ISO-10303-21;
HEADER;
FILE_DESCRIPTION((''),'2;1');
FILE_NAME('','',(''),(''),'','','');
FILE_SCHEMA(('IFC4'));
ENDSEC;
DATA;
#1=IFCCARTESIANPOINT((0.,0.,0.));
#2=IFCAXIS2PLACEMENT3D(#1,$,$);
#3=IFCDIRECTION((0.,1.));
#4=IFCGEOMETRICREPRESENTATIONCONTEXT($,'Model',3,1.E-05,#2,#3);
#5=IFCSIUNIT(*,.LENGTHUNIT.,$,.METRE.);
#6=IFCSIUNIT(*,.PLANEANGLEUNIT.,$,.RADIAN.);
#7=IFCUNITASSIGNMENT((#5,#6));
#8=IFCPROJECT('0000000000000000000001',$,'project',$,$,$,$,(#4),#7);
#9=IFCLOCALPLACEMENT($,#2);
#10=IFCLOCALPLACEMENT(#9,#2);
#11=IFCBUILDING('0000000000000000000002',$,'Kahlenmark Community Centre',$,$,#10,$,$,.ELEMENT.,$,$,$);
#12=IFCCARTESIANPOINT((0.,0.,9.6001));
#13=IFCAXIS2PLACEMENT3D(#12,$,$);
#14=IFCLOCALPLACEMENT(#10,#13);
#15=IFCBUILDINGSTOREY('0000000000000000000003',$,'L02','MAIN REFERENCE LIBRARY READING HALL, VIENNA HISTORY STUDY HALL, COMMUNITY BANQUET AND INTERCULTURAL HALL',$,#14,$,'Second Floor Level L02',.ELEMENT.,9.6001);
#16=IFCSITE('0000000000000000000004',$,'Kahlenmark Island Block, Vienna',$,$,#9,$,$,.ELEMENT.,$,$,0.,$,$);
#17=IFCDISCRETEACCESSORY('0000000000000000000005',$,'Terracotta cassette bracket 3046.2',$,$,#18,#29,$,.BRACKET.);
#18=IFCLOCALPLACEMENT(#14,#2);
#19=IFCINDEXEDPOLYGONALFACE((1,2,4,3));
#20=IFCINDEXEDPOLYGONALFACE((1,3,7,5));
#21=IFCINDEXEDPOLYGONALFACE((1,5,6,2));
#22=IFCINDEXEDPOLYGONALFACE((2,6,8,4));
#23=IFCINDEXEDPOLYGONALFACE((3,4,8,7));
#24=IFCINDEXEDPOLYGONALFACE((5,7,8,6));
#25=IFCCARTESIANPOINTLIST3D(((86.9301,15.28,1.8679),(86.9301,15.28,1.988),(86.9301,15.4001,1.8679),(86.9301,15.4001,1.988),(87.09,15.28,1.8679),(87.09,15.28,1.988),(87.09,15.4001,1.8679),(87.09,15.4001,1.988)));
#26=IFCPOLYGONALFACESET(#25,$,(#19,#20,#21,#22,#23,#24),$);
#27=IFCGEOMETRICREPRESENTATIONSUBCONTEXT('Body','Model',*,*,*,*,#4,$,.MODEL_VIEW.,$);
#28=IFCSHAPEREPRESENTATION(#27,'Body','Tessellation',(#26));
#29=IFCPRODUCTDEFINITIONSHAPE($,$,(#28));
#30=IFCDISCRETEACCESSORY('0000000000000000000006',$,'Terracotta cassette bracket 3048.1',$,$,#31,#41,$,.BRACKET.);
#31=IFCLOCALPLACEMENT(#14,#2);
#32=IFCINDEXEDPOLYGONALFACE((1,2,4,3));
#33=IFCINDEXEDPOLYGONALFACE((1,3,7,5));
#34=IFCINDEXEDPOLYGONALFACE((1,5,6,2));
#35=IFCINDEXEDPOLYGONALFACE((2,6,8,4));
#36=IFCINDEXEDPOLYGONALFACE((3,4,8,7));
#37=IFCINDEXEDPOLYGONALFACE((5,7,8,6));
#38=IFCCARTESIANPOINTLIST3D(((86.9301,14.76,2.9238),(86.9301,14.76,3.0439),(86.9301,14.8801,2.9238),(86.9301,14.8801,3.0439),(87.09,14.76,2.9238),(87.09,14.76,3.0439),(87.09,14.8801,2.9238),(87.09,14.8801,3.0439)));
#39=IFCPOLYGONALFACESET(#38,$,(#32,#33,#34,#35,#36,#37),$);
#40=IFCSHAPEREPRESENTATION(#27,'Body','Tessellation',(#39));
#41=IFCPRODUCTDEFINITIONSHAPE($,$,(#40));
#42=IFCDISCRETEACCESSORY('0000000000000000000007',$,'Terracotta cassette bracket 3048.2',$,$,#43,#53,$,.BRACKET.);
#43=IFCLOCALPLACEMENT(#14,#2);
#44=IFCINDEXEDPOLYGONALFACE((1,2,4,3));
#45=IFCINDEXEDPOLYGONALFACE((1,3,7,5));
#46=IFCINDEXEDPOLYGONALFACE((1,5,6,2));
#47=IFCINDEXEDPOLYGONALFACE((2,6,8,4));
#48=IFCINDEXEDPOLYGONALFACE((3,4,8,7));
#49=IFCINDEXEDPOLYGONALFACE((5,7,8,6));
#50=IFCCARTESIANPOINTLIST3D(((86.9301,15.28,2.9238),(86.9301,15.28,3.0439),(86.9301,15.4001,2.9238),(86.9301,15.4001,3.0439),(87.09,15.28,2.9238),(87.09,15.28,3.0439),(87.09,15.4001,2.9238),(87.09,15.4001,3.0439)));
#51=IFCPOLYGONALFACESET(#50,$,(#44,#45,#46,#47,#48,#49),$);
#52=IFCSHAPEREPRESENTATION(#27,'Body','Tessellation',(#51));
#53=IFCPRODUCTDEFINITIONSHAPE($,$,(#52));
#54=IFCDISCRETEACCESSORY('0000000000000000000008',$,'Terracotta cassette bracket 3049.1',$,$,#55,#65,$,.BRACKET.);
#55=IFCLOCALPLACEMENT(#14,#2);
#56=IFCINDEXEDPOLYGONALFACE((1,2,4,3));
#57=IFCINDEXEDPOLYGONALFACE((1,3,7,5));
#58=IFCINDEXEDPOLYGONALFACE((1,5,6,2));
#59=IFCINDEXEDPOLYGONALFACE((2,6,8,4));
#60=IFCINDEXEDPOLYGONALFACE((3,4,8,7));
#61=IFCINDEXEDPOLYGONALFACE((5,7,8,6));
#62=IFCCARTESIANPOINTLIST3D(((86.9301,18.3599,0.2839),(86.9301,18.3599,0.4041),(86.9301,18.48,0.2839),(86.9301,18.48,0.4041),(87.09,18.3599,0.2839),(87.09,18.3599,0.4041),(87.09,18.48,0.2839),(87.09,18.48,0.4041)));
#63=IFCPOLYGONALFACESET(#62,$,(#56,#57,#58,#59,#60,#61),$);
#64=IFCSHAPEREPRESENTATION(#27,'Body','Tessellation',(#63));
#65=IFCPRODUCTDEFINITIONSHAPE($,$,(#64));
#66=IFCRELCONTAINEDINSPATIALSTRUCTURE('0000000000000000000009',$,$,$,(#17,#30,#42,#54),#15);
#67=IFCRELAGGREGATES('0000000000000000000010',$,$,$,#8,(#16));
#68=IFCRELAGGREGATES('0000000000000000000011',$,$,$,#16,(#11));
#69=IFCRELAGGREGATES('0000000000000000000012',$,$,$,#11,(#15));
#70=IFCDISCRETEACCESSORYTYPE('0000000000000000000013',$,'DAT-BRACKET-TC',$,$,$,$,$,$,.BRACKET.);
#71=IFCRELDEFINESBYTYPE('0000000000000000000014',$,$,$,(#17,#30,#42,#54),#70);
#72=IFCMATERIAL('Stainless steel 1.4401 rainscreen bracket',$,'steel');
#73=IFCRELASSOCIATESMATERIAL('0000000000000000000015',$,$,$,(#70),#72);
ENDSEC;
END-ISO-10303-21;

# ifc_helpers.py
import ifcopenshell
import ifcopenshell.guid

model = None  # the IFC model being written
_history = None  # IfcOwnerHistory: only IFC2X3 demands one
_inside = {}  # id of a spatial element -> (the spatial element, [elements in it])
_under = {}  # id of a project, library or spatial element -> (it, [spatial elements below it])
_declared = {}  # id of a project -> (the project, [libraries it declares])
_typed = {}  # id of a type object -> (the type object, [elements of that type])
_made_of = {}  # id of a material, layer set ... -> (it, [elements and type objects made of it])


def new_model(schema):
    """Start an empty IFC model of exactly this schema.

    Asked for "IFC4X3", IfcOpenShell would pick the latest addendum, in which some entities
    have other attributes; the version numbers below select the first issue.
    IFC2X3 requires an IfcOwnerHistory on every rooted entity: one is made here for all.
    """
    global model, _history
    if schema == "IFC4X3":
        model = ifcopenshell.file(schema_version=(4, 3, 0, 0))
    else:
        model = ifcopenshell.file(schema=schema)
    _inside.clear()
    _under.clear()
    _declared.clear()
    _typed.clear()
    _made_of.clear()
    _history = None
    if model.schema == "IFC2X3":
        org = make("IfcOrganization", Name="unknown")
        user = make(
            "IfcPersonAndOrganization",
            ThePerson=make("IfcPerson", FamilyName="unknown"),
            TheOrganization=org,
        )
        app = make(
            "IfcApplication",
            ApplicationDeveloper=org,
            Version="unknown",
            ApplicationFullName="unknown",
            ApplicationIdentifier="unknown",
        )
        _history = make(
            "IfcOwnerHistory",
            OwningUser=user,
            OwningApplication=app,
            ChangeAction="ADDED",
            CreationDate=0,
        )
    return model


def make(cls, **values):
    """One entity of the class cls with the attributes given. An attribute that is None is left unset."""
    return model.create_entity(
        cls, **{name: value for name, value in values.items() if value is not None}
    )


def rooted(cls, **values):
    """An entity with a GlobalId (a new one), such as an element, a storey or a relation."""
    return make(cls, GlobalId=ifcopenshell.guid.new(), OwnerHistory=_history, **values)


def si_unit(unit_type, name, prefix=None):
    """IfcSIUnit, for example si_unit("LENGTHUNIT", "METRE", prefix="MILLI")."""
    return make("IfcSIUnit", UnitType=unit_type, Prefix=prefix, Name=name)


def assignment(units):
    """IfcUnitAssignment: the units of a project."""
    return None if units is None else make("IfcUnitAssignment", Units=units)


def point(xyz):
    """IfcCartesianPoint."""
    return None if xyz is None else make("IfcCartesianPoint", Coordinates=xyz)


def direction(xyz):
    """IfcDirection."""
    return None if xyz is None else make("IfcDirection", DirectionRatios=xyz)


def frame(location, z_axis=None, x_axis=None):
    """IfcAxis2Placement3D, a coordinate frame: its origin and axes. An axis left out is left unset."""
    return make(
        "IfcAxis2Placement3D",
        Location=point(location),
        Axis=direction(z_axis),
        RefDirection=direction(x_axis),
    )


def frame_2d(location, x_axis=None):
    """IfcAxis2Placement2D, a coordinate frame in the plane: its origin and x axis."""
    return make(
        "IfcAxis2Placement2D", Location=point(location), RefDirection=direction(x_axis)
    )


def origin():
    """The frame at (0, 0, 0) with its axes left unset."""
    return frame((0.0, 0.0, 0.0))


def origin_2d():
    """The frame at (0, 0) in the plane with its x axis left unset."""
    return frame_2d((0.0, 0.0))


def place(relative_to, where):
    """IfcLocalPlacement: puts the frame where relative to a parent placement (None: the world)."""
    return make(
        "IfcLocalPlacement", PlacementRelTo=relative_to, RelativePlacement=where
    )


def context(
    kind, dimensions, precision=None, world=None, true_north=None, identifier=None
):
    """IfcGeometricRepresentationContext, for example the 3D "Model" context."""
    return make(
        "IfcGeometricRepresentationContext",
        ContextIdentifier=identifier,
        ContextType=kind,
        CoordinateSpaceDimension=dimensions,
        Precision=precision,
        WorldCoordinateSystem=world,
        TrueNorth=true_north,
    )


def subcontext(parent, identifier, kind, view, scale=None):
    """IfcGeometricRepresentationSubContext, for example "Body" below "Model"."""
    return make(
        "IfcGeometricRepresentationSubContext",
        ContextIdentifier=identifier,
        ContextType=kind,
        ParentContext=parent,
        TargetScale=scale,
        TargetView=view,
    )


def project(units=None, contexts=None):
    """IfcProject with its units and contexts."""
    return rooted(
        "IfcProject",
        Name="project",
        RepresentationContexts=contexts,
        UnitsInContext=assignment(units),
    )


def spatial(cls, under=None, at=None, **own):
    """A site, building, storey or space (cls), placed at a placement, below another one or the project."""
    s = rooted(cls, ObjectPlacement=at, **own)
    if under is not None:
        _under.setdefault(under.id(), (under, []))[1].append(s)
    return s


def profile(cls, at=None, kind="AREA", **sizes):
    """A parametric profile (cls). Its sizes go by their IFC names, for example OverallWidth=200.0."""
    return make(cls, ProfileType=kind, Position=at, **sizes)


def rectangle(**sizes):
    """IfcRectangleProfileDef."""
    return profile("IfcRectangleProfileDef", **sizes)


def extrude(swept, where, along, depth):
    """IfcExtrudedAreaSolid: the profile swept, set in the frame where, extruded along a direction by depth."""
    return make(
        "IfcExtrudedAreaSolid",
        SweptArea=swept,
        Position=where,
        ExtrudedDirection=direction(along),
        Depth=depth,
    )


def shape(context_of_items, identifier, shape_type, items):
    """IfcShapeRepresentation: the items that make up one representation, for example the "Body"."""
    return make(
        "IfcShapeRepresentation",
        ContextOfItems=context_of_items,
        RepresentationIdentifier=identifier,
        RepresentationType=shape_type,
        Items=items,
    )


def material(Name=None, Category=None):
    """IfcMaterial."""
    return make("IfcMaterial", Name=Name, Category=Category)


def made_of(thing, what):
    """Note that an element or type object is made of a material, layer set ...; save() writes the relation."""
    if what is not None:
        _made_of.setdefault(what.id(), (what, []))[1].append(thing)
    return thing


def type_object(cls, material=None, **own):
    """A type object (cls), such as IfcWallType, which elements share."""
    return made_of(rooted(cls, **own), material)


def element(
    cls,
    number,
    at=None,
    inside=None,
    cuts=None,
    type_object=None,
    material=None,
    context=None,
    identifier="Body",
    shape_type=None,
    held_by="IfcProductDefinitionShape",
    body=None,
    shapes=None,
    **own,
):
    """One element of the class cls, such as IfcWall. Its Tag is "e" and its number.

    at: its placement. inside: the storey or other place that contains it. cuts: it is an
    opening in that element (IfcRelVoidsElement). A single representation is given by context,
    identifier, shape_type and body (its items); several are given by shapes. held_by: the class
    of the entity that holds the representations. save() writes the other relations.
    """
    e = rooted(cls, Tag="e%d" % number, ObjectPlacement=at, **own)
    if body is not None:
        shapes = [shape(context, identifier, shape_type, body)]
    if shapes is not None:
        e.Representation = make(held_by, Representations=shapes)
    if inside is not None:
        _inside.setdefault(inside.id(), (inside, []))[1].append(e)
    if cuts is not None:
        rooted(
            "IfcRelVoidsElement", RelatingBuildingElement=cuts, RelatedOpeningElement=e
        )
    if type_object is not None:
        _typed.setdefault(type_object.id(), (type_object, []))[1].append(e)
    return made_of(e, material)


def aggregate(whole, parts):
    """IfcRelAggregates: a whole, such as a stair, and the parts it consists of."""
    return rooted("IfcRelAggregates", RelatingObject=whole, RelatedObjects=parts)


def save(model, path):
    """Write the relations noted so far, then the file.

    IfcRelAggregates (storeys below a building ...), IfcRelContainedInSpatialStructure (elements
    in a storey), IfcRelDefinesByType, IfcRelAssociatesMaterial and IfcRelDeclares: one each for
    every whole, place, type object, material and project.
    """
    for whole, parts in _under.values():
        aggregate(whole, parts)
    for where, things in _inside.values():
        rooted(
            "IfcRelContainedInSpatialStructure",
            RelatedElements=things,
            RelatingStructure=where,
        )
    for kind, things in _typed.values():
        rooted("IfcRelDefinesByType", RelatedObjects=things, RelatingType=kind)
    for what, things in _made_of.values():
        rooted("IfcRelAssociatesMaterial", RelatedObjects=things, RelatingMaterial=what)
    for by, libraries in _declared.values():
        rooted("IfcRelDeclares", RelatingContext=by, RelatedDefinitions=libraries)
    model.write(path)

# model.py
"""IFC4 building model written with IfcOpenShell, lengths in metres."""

from ifc_helpers import new_model, si_unit, direction, frame, origin, origin_2d, place, context, subcontext, project, spatial, rectangle, extrude, material, type_object, element, save


model = new_model("IFC4")

# Units and contexts
model_context = context("Model", 3, precision=1e-05, world=origin(), true_north=direction((0.0, 1.0)))
body_context = subcontext(model_context, "Body", "Model", "MODEL_VIEW")
ifc_project = project(units=[si_unit("LENGTHUNIT", "METRE"), si_unit("PLANEANGLEUNIT", "RADIAN")], contexts=[model_context])

# Site, building, storey
site_placement = place(None, origin())
site = spatial("IfcSite", under=ifc_project, at=site_placement, Name="Kahlenmark Island Block, Vienna", CompositionType="ELEMENT", RefElevation=0.0)
building_placement = place(site_placement, origin())
building = spatial("IfcBuilding", under=site, at=building_placement, Name="Kahlenmark Community Centre", CompositionType="ELEMENT")
storey_placement = place(building_placement, frame((0.0, 0.0, 9.6001)))
storey = spatial("IfcBuildingStorey", under=building, at=storey_placement, Name="L02", Description="MAIN REFERENCE LIBRARY READING HALL, VIENNA HISTORY STUDY HALL, COMMUNITY BANQUET AND INTERCULTURAL HALL", LongName="Second Floor Level L02", CompositionType="ELEMENT", Elevation=9.6001)

# Discrete accessories
ifc_material_1 = material(Name="Stainless steel 1.4401 rainscreen bracket", Category="steel")
discrete_accessory_type = type_object("IfcDiscreteAccessoryType", Name="DAT-BRACKET-TC", PredefinedType="BRACKET", material=ifc_material_1)
for number, where, z_axis, x_axis, name in (
    (1, (87.01, 15.3401, 1.8679), (0.0, 0.0, 1.0), (0.0, 1.0, 0.0), "Terracotta cassette bracket 3046.2"),
    (2, (87.01, 14.8201, 2.9238), (0.0, 0.0, 1.0), (0.0, 1.0, 0.0), "Terracotta cassette bracket 3048.1"),
    (3, (87.01, 15.3401, 2.9238), (0.0, 0.0, 1.0), (0.0, 1.0, 0.0), "Terracotta cassette bracket 3048.2"),
    (4, (87.01, 18.4199, 0.2839), (0.0, 0.0, 1.0), (0.0, 1.0, 0.0), "Terracotta cassette bracket 3049.1"),
):
    element("IfcDiscreteAccessory", number, at=place(storey_placement, frame(where, z_axis=z_axis, x_axis=x_axis)), inside=storey, type_object=discrete_accessory_type, Name=name, PredefinedType="BRACKET", context=body_context, shape_type="SweptSolid", body=[
        extrude(rectangle(XDim=0.1201, YDim=0.1599, at=origin_2d()), origin(), (0.0, 0.0, 1.0), 0.1201),
    ])

save(model, "model.ifc")
